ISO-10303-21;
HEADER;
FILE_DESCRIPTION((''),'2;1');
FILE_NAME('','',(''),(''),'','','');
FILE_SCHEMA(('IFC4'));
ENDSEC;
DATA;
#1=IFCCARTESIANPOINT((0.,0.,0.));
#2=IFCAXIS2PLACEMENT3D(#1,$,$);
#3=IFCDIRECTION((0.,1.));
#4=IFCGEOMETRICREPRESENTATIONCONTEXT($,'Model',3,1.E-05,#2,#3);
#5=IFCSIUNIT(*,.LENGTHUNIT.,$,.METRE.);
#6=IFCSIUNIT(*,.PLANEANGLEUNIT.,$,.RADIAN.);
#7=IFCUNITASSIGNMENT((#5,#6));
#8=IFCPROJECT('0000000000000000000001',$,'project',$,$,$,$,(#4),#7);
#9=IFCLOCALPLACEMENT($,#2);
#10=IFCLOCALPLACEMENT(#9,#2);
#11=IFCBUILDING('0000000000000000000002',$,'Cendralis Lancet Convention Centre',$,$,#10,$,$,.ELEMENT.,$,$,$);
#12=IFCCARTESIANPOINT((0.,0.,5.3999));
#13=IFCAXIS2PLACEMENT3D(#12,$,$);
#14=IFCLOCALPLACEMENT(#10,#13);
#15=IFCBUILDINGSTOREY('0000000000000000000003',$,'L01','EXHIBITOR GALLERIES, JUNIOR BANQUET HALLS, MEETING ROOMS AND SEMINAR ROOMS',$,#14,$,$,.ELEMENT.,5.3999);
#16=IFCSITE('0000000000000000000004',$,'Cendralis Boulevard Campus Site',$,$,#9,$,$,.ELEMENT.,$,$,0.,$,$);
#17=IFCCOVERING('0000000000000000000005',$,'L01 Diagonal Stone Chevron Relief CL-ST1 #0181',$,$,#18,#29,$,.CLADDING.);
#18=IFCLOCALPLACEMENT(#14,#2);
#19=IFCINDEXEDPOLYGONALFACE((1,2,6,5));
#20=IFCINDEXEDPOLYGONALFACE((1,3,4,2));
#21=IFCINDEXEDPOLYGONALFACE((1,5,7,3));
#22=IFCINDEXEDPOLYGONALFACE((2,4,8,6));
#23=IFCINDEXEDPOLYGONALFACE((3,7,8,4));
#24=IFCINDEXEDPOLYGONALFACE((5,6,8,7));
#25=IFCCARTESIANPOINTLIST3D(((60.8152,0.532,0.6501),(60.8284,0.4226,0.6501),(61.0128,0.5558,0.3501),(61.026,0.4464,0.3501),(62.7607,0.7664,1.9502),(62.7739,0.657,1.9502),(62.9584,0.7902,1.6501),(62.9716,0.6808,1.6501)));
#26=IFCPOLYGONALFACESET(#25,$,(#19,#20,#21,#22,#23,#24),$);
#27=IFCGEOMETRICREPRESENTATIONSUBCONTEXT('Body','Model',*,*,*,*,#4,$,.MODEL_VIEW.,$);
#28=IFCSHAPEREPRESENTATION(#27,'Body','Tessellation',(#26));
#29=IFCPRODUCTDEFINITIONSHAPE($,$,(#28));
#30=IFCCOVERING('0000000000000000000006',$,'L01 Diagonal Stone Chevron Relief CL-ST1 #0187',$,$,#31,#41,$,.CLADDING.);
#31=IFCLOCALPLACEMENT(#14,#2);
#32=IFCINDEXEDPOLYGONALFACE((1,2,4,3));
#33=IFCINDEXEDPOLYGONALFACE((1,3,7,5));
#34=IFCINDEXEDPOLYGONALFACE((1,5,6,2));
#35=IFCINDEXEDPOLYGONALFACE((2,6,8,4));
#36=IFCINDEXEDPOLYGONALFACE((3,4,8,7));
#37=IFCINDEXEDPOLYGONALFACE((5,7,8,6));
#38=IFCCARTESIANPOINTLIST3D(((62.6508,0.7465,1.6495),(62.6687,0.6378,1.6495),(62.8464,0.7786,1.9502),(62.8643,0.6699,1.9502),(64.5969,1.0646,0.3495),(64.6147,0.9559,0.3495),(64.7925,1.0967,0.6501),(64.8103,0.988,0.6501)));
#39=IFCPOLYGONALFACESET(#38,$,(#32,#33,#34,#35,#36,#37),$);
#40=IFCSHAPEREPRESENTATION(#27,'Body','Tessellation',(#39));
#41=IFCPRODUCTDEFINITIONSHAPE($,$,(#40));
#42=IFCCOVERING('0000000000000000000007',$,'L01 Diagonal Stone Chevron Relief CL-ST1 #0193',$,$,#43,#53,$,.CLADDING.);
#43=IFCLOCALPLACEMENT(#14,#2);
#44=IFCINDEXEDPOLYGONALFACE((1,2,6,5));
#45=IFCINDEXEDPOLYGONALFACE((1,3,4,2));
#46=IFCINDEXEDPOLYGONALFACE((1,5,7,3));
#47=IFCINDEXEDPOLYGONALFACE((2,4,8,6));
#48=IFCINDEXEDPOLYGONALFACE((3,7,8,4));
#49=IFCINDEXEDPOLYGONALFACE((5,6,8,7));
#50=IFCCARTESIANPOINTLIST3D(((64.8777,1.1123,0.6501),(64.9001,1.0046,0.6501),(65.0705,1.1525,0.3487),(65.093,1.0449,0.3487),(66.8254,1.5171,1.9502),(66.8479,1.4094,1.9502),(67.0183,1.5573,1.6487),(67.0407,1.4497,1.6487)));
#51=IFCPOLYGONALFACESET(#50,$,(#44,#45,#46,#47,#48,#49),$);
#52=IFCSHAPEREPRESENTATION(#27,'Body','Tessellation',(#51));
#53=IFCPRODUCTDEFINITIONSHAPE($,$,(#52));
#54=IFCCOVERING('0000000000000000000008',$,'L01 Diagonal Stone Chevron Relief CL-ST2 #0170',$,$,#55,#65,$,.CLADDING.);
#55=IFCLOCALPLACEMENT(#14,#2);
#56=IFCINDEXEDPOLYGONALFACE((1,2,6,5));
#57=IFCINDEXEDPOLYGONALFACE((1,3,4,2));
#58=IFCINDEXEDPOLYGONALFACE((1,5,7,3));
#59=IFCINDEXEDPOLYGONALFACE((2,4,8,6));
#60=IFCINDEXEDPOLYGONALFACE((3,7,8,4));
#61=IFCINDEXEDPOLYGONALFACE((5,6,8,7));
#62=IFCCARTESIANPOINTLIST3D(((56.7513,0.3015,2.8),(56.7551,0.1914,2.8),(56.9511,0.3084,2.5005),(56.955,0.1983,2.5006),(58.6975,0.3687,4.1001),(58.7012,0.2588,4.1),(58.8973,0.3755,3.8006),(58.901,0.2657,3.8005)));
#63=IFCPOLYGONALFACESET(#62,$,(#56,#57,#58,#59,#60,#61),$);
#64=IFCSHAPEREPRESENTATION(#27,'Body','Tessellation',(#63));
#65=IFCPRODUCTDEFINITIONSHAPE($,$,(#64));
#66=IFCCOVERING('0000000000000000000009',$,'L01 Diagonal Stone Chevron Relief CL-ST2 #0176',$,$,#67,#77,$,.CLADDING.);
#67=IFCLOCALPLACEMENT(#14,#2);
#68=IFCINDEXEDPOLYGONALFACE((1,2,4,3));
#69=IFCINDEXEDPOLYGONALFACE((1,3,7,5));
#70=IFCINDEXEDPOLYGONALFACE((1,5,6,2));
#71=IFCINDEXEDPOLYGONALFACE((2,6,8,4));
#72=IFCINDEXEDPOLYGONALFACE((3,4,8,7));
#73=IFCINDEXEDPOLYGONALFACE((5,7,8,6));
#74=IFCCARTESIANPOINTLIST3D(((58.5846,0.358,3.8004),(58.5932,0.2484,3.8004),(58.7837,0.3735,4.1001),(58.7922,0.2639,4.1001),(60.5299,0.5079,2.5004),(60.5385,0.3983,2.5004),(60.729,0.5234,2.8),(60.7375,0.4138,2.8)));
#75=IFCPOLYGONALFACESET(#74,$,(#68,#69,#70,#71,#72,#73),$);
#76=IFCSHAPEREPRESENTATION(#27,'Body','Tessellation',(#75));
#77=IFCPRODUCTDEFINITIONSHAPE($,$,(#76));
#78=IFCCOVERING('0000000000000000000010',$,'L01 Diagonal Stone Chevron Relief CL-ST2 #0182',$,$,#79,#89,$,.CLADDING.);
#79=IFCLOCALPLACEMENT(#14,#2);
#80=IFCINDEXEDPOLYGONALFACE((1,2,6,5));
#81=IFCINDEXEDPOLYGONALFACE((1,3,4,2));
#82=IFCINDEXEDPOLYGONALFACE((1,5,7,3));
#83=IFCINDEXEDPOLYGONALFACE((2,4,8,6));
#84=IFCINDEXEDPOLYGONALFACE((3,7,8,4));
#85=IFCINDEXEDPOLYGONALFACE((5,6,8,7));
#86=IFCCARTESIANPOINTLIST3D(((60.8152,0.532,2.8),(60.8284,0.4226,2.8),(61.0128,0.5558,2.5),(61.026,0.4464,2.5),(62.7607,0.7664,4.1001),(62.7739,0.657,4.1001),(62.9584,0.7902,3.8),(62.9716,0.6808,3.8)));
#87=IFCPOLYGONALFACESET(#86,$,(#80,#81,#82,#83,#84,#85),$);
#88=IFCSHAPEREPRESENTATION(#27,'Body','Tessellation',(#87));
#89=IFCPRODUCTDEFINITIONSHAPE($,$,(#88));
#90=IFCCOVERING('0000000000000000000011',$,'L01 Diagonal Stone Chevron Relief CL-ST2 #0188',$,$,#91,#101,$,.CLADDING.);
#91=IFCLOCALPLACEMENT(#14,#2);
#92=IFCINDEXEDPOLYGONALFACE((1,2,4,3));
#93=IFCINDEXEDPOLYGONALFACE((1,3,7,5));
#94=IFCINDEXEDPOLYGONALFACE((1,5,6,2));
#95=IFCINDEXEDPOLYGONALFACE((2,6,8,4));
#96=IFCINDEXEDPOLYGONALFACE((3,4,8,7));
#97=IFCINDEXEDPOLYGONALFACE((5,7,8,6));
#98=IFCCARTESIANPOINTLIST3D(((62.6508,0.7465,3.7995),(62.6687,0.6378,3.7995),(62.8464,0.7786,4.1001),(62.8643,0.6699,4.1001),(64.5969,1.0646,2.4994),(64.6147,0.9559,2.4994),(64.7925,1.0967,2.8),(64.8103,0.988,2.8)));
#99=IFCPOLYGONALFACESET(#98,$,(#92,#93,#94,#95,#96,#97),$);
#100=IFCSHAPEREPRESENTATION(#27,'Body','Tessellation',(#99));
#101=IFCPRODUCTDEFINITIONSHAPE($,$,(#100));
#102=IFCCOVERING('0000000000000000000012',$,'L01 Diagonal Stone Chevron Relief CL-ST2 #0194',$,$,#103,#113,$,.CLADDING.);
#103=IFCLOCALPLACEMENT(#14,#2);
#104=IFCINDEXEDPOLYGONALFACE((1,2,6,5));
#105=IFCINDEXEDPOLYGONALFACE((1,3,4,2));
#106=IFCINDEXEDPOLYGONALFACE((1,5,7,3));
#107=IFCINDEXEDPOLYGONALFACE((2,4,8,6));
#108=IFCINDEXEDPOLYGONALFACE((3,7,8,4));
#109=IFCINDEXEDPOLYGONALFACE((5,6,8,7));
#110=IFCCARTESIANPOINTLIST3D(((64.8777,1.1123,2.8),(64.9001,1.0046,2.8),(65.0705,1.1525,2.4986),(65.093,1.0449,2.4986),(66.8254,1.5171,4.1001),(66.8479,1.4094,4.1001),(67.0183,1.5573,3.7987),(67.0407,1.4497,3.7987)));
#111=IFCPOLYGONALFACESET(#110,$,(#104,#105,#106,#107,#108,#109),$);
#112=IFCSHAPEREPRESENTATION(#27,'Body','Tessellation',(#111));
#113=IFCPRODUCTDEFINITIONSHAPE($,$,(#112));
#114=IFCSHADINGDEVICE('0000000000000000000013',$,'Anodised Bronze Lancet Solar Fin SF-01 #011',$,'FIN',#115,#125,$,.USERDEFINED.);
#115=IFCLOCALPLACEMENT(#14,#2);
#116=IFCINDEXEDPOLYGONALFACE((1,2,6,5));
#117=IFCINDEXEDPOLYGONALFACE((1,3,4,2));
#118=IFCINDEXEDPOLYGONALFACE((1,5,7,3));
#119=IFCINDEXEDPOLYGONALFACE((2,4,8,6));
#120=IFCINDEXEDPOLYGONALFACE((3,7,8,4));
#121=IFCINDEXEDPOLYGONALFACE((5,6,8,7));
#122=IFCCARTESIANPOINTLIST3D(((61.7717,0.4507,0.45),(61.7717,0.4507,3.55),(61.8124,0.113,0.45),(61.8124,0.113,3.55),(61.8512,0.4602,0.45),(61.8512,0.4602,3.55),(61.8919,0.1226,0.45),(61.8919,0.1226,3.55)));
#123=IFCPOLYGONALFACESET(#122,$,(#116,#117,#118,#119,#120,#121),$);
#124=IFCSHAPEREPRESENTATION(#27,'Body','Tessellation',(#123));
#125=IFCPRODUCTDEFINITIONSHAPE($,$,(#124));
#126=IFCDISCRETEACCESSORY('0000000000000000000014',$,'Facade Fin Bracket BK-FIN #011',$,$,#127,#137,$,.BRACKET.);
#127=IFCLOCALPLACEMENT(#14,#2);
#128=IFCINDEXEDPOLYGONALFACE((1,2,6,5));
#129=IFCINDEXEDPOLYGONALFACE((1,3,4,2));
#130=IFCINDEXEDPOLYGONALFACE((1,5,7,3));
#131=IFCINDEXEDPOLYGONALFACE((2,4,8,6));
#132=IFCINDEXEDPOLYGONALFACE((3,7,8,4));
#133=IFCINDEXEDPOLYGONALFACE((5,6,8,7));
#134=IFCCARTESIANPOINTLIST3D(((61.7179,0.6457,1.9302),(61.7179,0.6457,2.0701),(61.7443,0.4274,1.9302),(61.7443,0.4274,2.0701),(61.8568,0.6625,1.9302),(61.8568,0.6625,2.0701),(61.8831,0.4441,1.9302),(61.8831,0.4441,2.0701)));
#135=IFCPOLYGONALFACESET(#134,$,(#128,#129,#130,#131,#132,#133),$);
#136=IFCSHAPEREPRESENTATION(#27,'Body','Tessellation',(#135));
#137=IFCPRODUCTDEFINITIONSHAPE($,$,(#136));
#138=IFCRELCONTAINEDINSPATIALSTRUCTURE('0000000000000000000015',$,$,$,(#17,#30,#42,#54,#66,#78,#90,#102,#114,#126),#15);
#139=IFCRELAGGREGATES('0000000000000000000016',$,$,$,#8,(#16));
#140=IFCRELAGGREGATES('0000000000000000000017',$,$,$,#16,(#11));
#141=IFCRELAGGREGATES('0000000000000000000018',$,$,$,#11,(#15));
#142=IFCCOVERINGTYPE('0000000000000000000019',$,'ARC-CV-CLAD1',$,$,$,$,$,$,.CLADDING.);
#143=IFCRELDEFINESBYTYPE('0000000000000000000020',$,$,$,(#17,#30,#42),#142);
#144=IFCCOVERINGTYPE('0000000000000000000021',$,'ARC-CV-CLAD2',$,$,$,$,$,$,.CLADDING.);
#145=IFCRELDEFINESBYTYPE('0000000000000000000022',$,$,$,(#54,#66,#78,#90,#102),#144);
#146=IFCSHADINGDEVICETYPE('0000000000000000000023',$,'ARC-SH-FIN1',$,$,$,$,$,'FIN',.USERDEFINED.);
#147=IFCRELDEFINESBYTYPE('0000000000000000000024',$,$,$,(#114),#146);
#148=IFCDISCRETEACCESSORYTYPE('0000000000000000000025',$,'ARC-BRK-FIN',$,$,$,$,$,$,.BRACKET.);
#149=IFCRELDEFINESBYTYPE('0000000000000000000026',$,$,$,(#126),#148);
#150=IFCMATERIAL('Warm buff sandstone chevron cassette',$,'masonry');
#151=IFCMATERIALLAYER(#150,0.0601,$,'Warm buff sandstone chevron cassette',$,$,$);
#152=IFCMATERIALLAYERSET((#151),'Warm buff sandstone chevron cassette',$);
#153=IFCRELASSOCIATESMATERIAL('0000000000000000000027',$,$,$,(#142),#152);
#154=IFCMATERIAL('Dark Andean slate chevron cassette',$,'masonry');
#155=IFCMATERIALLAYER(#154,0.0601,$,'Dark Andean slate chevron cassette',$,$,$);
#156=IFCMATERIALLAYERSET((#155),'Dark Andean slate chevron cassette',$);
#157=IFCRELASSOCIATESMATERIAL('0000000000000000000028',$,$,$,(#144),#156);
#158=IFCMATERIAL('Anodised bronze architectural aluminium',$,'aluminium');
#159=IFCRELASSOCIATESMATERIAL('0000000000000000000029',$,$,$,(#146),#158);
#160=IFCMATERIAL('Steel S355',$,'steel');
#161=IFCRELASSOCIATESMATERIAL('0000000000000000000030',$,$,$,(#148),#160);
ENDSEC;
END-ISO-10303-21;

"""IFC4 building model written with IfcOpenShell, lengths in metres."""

from ifc_helpers import new_model, si_unit, direction, frame, origin, origin_2d, place, context, subcontext, project, spatial, polyline, rectangle, outline, extrude, material, layer, layer_set, type_object, element, save


model = new_model("IFC4")

# Units and contexts
model_context = context("Model", 3, precision=1e-05, world=origin(), true_north=direction((0.0, 1.0)))
body_context = subcontext(model_context, "Body", "Model", "MODEL_VIEW")
ifc_project = project(units=[si_unit("LENGTHUNIT", "METRE"), si_unit("PLANEANGLEUNIT", "RADIAN")], contexts=[model_context])

# Site, building, storey
site_placement = place(None, origin())
site = spatial("IfcSite", under=ifc_project, at=site_placement, Name="Cendralis Boulevard Campus Site", CompositionType="ELEMENT", RefElevation=0.0)
building_placement = place(site_placement, origin())
building = spatial("IfcBuilding", under=site, at=building_placement, Name="Cendralis Lancet Convention Centre", CompositionType="ELEMENT")
storey_placement = place(building_placement, frame((0.0, 0.0, 5.3999)))
storey = spatial("IfcBuildingStorey", under=building, at=storey_placement, Name="L01", Description="EXHIBITOR GALLERIES, JUNIOR BANQUET HALLS, MEETING ROOMS AND SEMINAR ROOMS", CompositionType="ELEMENT", Elevation=5.3999)

# Shared definitions
ifc_material_1 = material(Name="Steel S355", Category="steel")

# Shared definitions
ifc_material_2 = material(Name="Warm buff sandstone chevron cassette", Category="masonry")
ifc_material_3 = material(Name="Dark Andean slate chevron cassette", Category="masonry")

# Coverings
ifc_layer_1 = layer(ifc_material_2, 0.0601, Name="Warm buff sandstone chevron cassette")
ifc_layer_set_1 = layer_set([ifc_layer_1], Name="Warm buff sandstone chevron cassette")
covering_type_1 = type_object("IfcCoveringType", Name="ARC-CV-CLAD1", PredefinedType="CLADDING", material=ifc_layer_set_1)
covering_1_placement = place(storey_placement, frame((60.8284, 0.4226, 0.6501), z_axis=(-0.548852, -0.066156, 0.833298), x_axis=(0.827316, 0.099664, 0.552825)))
element("IfcCovering", 1, at=covering_1_placement, inside=storey, type_object=covering_type_1, Name="L01 Diagonal Stone Chevron Relief CL-ST1 #0181", PredefinedType="CLADDING", context=body_context, shape_type="SweptSolid", body=[
    extrude(outline(polyline([(0.0, 0.0), (2.3516, 0.0), (2.3516, 0.1102), (0.0, 0.1102), (0.0, 0.0)])), origin(), (0.0, 0.0, -1.0), 0.3601),
])
covering_2_placement = place(storey_placement, frame((62.8643, 0.6699, 1.9502), z_axis=(0.543173, 0.089105, 0.834879), x_axis=(0.823944, 0.134688, -0.550433)))
element("IfcCovering", 2, at=covering_2_placement, inside=storey, type_object=covering_type_1, Name="L01 Diagonal Stone Chevron Relief CL-ST1 #0187", PredefinedType="CLADDING", context=body_context, shape_type="SweptSolid", body=[
    extrude(outline(polyline([(0.0, 0.0), (2.3619, 0.0), (2.3618, 0.1101), (-0.0001, 0.1101), (0.0, 0.0)])), origin(), (0.0, 0.0, -1.0), 0.3601),
])
covering_3_placement = place(storey_placement, frame((64.9001, 1.0046, 0.6501), z_axis=(-0.535516, -0.111718, 0.837103), x_axis=(0.819591, 0.170329, 0.547045)))
element("IfcCovering", 3, at=covering_3_placement, inside=storey, type_object=covering_type_1, Name="L01 Diagonal Stone Chevron Relief CL-ST1 #0193", PredefinedType="CLADDING", context=body_context, shape_type="SweptSolid", body=[
    extrude(outline(polyline([(0.0, 0.0), (2.3765, 0.0), (2.3764, 0.11), (-0.0001, 0.11), (0.0, 0.0)])), origin(), (0.0, 0.0, -1.0), 0.3601),
])
ifc_layer_2 = layer(ifc_material_3, 0.0601, Name="Dark Andean slate chevron cassette")
ifc_layer_set_2 = layer_set([ifc_layer_2], Name="Dark Andean slate chevron cassette")
covering_type_2 = type_object("IfcCoveringType", Name="ARC-CV-CLAD2", PredefinedType="CLADDING", material=ifc_layer_set_2)
covering_4_placement = place(storey_placement, frame((56.7551, 0.1914, 2.8), z_axis=(-0.554913, -0.019092, 0.831689), x_axis=(0.831191, 0.02878, 0.555241)))
element("IfcCovering", 4, at=covering_4_placement, inside=storey, type_object=covering_type_2, Name="L01 Diagonal Stone Chevron Relief CL-ST2 #0170", PredefinedType="CLADDING", context=body_context, shape_type="SweptSolid", body=[
    extrude(outline(polyline([(0.0, 0.0), (2.3413, 0.0), (2.3414, 0.1099), (-0.0001, 0.1102), (0.0, 0.0)])), origin(), (0.0, 0.0, -1.0), 0.3601),
])
covering_5_placement = place(storey_placement, frame((58.7922, 0.2639, 4.1001), z_axis=(0.552825, 0.043093, 0.832182), x_axis=(0.829723, 0.063937, -0.554502)))
element("IfcCovering", 5, at=covering_5_placement, inside=storey, type_object=covering_type_2, Name="L01 Diagonal Stone Chevron Relief CL-ST2 #0176", PredefinedType="CLADDING", context=body_context, shape_type="SweptSolid", body=[
    extrude(outline(polyline([(0.0, 0.0), (2.3445, 0.0), (2.3445, 0.11), (-0.0001, 0.11), (0.0, 0.0)])), origin(), (0.0, 0.0, -1.0), 0.3601),
])
covering_6_placement = place(storey_placement, frame((60.8284, 0.4226, 2.8), z_axis=(-0.548852, -0.066156, 0.833298), x_axis=(0.827316, 0.099664, 0.552825)))
element("IfcCovering", 6, at=covering_6_placement, inside=storey, type_object=covering_type_2, Name="L01 Diagonal Stone Chevron Relief CL-ST2 #0182", PredefinedType="CLADDING", context=body_context, shape_type="SweptSolid", body=[
    extrude(outline(polyline([(0.0, 0.0), (2.3516, 0.0), (2.3516, 0.1102), (0.0, 0.1102), (0.0, 0.0)])), origin(), (0.0, 0.0, -1.0), 0.3601),
])
covering_7_placement = place(storey_placement, frame((62.8643, 0.6699, 4.1001), z_axis=(0.543173, 0.089105, 0.834879), x_axis=(0.823944, 0.134688, -0.550433)))
element("IfcCovering", 7, at=covering_7_placement, inside=storey, type_object=covering_type_2, Name="L01 Diagonal Stone Chevron Relief CL-ST2 #0188", PredefinedType="CLADDING", context=body_context, shape_type="SweptSolid", body=[
    extrude(outline(polyline([(0.0, 0.0), (2.3619, 0.0), (2.3618, 0.1101), (-0.0001, 0.1101), (0.0, 0.0)])), origin(), (0.0, 0.0, -1.0), 0.3601),
])
covering_8_placement = place(storey_placement, frame((64.9001, 1.0046, 2.8), z_axis=(-0.535516, -0.111718, 0.837103), x_axis=(0.819591, 0.170329, 0.547045)))
element("IfcCovering", 8, at=covering_8_placement, inside=storey, type_object=covering_type_2, Name="L01 Diagonal Stone Chevron Relief CL-ST2 #0194", PredefinedType="CLADDING", context=body_context, shape_type="SweptSolid", body=[
    extrude(outline(polyline([(0.0, 0.0), (2.3765, 0.0), (2.3764, 0.11), (-0.0001, 0.11), (0.0, 0.0)])), origin(), (0.0, 0.0, -1.0), 0.3601),
])

# Shading device
ifc_material_4 = material(Name="Anodised bronze architectural aluminium", Category="aluminium")
shading_device_type = type_object("IfcShadingDeviceType", Name="ARC-SH-FIN1", ElementType="FIN", PredefinedType="USERDEFINED", material=ifc_material_4)
shading_device_placement = place(storey_placement, frame((61.8318, 0.2866, 0.45), z_axis=(0.0, 0.0, 1.0), x_axis=(0.992818, 0.119634, 0.0)))
element("IfcShadingDevice", 9, at=shading_device_placement, inside=storey, type_object=shading_device_type, Name="Anodised Bronze Lancet Solar Fin SF-01 #011", ObjectType="FIN", PredefinedType="USERDEFINED", context=body_context, shape_type="SweptSolid", body=[
    extrude(rectangle(XDim=0.0801, YDim=0.3401, at=origin_2d()), origin(), (0.0, 0.0, 1.0), 3.1001),
])

# Discrete accessory
discrete_accessory_type = type_object("IfcDiscreteAccessoryType", Name="ARC-BRK-FIN", PredefinedType="BRACKET", material=ifc_material_1)
discrete_accessory_placement = place(storey_placement, frame((61.8005, 0.5449, 1.9302), z_axis=(0.0, 0.0, 1.0), x_axis=(0.992818, 0.119634, 0.0)))
element("IfcDiscreteAccessory", 10, at=discrete_accessory_placement, inside=storey, type_object=discrete_accessory_type, Name="Facade Fin Bracket BK-FIN #011", PredefinedType="BRACKET", context=body_context, shape_type="SweptSolid", body=[
    extrude(rectangle(XDim=0.1399, YDim=0.22, at=origin_2d()), origin(), (0.0, 0.0, 1.0), 0.1399),
])

save(model, "model.ifc")
